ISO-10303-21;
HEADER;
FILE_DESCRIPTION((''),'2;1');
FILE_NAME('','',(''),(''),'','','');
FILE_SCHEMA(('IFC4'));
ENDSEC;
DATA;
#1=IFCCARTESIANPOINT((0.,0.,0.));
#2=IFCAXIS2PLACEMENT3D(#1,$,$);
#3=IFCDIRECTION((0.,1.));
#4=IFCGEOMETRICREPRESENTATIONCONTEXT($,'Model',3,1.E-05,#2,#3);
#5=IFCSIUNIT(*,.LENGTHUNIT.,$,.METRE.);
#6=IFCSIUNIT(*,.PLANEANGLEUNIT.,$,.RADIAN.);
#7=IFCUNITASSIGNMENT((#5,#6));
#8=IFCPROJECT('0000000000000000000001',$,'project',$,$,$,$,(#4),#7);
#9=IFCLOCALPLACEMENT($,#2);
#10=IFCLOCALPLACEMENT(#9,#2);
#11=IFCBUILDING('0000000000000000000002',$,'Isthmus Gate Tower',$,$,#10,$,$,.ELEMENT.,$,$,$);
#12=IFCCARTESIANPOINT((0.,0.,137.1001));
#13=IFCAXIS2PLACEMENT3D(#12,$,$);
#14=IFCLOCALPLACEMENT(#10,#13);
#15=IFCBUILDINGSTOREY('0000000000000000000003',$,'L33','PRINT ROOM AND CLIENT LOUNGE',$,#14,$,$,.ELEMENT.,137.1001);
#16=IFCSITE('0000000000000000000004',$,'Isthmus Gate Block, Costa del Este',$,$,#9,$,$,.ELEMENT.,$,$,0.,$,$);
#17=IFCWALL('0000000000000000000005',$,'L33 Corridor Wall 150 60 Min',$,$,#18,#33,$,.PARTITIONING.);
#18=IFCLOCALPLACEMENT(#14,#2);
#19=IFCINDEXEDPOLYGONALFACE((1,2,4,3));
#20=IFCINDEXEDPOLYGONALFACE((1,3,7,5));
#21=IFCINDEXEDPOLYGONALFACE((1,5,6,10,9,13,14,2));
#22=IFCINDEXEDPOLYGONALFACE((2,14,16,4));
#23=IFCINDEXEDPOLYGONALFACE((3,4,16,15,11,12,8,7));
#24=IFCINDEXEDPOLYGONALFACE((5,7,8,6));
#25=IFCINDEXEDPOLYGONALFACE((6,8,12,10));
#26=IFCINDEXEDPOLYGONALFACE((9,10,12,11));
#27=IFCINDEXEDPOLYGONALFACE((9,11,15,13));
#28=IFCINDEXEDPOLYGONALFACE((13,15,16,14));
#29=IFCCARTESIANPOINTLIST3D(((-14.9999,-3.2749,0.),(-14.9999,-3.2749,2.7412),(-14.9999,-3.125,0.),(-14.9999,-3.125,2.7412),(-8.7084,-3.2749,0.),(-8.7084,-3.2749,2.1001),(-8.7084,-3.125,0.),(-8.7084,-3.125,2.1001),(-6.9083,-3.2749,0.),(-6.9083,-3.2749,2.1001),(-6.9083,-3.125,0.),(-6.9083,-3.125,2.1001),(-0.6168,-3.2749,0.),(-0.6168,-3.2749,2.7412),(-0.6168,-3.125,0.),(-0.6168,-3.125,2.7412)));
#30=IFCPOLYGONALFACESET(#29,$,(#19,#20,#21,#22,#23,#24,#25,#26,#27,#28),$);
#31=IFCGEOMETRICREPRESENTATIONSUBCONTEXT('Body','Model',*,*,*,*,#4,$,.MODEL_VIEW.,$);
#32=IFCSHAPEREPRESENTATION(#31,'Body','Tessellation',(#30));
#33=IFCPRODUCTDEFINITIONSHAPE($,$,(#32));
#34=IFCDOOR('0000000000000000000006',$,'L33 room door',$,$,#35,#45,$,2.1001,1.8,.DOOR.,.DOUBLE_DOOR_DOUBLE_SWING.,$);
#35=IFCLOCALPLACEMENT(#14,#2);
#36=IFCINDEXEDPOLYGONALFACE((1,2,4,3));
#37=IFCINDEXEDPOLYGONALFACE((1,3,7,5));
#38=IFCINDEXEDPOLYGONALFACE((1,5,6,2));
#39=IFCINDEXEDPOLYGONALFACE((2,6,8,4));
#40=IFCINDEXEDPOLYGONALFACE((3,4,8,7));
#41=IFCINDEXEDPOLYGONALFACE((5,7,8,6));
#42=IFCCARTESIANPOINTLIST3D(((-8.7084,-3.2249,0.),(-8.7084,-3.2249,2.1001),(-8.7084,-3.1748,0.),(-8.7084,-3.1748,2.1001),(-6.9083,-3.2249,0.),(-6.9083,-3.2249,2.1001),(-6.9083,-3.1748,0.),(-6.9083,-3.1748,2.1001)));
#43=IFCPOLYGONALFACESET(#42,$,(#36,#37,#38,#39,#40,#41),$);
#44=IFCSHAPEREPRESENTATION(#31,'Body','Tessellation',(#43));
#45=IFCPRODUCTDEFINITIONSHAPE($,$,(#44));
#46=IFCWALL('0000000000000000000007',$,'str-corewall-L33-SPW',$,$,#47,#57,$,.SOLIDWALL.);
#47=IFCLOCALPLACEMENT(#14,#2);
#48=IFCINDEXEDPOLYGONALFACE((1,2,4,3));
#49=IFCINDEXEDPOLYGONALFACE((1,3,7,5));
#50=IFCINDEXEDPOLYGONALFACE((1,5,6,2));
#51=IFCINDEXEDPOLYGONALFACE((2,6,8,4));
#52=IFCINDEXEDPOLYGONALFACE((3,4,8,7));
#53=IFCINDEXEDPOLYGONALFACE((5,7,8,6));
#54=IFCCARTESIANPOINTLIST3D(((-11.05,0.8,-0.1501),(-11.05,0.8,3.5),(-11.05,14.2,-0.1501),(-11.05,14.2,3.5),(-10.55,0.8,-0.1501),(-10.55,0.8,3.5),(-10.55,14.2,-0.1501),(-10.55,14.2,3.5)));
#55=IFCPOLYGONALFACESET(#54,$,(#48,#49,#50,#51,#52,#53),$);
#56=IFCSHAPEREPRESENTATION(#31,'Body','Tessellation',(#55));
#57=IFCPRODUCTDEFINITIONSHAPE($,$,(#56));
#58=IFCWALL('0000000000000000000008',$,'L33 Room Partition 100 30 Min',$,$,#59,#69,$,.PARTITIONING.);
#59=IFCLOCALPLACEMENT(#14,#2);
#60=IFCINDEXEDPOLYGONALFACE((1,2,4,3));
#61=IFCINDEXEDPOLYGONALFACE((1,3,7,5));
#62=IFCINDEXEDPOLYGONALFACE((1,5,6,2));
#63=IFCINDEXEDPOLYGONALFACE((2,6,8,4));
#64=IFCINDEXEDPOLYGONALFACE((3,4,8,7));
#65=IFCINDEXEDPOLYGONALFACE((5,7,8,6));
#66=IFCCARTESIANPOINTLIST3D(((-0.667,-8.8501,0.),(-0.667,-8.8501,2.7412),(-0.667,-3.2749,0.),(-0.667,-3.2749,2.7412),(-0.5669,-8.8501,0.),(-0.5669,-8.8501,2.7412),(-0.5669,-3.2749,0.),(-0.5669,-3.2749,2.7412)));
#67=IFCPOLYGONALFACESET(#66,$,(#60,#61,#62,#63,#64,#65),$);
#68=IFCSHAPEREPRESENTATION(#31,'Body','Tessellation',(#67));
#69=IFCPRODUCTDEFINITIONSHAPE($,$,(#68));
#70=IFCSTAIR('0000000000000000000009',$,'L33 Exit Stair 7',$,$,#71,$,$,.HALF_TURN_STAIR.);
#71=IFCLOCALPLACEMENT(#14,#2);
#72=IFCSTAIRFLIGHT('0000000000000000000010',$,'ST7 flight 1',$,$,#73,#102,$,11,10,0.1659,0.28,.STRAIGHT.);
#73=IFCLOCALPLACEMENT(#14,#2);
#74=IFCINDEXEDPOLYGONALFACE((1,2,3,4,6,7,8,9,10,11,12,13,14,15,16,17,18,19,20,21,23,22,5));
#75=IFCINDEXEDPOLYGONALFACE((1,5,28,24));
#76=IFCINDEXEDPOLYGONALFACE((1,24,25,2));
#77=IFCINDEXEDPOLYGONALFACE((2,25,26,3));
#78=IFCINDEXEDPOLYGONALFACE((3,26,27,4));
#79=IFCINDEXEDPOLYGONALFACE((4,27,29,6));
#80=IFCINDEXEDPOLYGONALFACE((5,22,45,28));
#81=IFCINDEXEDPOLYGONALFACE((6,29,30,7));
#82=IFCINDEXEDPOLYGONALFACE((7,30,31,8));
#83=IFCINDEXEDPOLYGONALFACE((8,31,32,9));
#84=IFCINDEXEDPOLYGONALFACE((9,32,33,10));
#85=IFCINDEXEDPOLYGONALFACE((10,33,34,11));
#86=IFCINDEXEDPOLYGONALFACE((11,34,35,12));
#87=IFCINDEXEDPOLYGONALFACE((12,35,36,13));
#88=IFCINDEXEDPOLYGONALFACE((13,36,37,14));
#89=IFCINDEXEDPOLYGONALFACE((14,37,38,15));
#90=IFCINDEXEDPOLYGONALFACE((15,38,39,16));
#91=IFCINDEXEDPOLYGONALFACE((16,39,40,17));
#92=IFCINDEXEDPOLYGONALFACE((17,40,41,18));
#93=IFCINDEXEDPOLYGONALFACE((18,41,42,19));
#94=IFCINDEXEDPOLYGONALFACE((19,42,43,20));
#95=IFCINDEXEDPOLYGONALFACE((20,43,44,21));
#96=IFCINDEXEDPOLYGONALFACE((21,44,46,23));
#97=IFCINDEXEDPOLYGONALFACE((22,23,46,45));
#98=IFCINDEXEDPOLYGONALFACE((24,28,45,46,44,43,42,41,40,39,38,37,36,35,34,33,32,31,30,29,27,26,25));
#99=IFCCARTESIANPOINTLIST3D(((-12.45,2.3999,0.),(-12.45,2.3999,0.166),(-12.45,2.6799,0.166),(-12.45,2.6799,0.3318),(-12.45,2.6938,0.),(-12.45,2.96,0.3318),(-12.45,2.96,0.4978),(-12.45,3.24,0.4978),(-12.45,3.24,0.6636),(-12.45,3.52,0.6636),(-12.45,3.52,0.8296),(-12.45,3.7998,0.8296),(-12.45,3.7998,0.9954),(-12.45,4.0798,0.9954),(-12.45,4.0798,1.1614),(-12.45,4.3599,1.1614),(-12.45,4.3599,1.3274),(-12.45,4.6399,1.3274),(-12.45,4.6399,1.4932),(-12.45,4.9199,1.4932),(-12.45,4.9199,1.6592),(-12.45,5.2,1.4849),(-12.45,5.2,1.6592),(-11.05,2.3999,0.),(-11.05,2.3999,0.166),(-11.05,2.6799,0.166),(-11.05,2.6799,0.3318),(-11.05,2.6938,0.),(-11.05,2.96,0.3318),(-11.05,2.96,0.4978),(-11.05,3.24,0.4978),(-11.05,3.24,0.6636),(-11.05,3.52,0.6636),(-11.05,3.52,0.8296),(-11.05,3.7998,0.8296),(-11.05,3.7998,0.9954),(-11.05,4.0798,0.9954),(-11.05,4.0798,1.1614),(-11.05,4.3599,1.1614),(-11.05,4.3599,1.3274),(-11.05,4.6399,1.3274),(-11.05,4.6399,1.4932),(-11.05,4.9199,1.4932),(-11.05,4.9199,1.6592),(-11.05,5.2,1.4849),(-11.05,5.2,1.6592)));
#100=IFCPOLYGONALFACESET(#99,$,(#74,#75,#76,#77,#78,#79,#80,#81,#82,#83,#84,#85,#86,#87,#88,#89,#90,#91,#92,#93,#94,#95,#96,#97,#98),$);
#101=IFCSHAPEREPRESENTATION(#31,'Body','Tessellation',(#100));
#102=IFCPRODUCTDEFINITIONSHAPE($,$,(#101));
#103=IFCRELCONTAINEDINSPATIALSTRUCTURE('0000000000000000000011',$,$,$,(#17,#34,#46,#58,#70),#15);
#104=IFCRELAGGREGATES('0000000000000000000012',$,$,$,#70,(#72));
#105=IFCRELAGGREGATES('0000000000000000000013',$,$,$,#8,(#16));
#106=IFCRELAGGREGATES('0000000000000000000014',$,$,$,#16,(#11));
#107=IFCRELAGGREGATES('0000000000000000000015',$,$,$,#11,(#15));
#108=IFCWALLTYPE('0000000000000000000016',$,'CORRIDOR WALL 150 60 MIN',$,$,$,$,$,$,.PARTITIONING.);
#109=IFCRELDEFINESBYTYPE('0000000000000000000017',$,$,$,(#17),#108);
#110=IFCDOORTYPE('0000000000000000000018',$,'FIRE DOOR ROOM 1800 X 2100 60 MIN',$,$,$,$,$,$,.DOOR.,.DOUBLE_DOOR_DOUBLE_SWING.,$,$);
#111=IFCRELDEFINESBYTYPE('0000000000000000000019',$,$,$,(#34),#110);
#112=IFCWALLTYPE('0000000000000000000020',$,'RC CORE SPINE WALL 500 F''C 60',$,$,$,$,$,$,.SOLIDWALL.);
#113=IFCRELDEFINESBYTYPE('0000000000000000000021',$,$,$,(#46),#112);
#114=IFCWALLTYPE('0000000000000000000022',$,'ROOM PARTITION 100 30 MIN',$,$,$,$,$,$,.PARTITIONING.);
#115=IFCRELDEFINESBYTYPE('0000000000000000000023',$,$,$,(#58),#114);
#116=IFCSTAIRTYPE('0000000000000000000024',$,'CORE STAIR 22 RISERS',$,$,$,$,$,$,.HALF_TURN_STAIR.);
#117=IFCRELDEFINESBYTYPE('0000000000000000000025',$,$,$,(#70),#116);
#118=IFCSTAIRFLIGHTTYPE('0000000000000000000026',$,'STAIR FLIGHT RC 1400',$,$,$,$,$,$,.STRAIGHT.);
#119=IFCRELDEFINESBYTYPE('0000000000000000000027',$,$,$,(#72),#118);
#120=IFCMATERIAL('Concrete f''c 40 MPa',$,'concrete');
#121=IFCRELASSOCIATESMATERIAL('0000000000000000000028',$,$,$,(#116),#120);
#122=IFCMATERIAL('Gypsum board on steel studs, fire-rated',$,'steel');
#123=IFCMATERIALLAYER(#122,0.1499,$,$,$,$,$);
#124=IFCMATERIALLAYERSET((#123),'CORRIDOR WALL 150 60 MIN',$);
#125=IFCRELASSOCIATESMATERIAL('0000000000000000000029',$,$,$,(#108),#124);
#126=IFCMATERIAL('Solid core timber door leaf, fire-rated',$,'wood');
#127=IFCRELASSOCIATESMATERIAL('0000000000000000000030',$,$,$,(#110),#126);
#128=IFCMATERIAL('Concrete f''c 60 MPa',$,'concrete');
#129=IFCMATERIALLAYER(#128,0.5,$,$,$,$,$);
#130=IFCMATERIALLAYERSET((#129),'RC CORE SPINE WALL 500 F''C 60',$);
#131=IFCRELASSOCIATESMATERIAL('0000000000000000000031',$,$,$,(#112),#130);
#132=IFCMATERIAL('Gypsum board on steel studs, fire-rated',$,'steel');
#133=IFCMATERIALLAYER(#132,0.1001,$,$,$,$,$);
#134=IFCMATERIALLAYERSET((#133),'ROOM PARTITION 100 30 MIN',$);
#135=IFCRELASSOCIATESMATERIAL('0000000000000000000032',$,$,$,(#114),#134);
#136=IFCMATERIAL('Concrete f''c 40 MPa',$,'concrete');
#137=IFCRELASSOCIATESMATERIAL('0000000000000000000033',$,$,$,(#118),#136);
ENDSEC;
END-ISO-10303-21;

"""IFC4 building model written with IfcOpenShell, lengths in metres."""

from ifc_helpers import new_model, si_unit, direction, frame, frame_2d, origin, place, context, subcontext, project, spatial, polyline, rectangle, outline, extrude, material, layer, layer_set, type_object, element, fill, aggregate, save


model = new_model("IFC4")

# Units and contexts
model_context = context("Model", 3, precision=1e-05, world=origin(), true_north=direction((0.0, 1.0)))
body_context = subcontext(model_context, "Body", "Model", "MODEL_VIEW")
ifc_project = project(units=[si_unit("LENGTHUNIT", "METRE"), si_unit("PLANEANGLEUNIT", "RADIAN")], contexts=[model_context])

# Site, building, storey
site_placement = place(None, origin())
site = spatial("IfcSite", under=ifc_project, at=site_placement, Name="Isthmus Gate Block, Costa del Este", CompositionType="ELEMENT", RefElevation=0.0)
building_placement = place(site_placement, origin())
building = spatial("IfcBuilding", under=site, at=building_placement, Name="Isthmus Gate Tower", CompositionType="ELEMENT")
storey_placement = place(building_placement, frame((0.0, 0.0, 137.1001)))
storey = spatial("IfcBuildingStorey", under=building, at=storey_placement, Name="L33", Description="PRINT ROOM AND CLIENT LOUNGE", CompositionType="ELEMENT", Elevation=137.1001)

# Shared definitions
ifc_material_1 = material(Name="Concrete f'c 40 MPa", Category="concrete")
stair_type = type_object("IfcStairType", Name="CORE STAIR 22 RISERS", PredefinedType="HALF_TURN_STAIR", material=ifc_material_1)

# Wall, opening, door
ifc_material_2 = material(Name="Gypsum board on steel studs, fire-rated", Category="steel")
ifc_layer_1 = layer(ifc_material_2, 0.1499)
ifc_layer_set_1 = layer_set([ifc_layer_1], Name="CORRIDOR WALL 150 60 MIN")
wall_type_1 = type_object("IfcWallType", Name="CORRIDOR WALL 150 60 MIN", PredefinedType="PARTITIONING", material=ifc_layer_set_1)
wall_1_placement = place(storey_placement, frame((-0.6169, -3.2, 0.0), z_axis=(0.0, 0.0, 1.0), x_axis=(-1.0, 0.0, 0.0)))
wall_1 = element("IfcWall", 1, at=wall_1_placement, inside=storey, type_object=wall_type_1, Name="L33 Corridor Wall 150 60 Min", PredefinedType="PARTITIONING", context=body_context, shape_type="SweptSolid", body=[
    extrude(rectangle(XDim=14.3831, YDim=0.1499, at=frame_2d((7.1914, 0.0))), origin(), (0.0, 0.0, 1.0), 2.7412),
])
opening_placement = place(wall_1_placement, frame((6.2915, 0.0, 0.0)))
opening = element("IfcOpeningElement", 2, at=opening_placement, cuts=wall_1, PredefinedType="OPENING", context=body_context, shape_type="SweptSolid", body=[
    extrude(rectangle(XDim=1.8, YDim=2.1001, at=frame_2d((0.8999, 1.05))), frame((0.0, 0.085, 0.0), z_axis=(0.0, -1.0, 0.0), x_axis=(1.0, 0.0, 0.0)), (0.0, 0.0, 1.0), 0.1699),
])
ifc_material_3 = material(Name="Solid core timber door leaf, fire-rated", Category="wood")
door_type = type_object("IfcDoorType", Name="FIRE DOOR ROOM 1800 X 2100 60 MIN", OperationType="DOUBLE_DOOR_DOUBLE_SWING", PredefinedType="DOOR", material=ifc_material_3)
door_placement = place(opening_placement, origin())
door = element("IfcDoor", 3, at=door_placement, inside=storey, type_object=door_type, Name="L33 room door", OperationType="DOUBLE_DOOR_DOUBLE_SWING", OverallHeight=2.1001, OverallWidth=1.8, PredefinedType="DOOR", context=body_context, shape_type="SweptSolid", body=[
    extrude(rectangle(XDim=1.8, YDim=2.1001, at=frame_2d((0.8999, 1.05))), frame((0.0, 0.0249, 0.0), z_axis=(0.0, -1.0, 0.0), x_axis=(1.0, 0.0, 0.0)), (0.0, 0.0, 1.0), 0.05),
])
fill(opening, door)

# Walls
ifc_material_4 = material(Name="Concrete f'c 60 MPa", Category="concrete")
ifc_layer_2 = layer(ifc_material_4, 0.5)
ifc_layer_set_2 = layer_set([ifc_layer_2], Name="RC CORE SPINE WALL 500 F'C 60")
wall_type_2 = type_object("IfcWallType", Name="RC CORE SPINE WALL 500 F'C 60", PredefinedType="SOLIDWALL", material=ifc_layer_set_2)
wall_2_placement = place(storey_placement, frame((-10.8, 0.8, -0.1501), z_axis=(0.0, 0.0, 1.0), x_axis=(0.0, 1.0, 0.0)))
element("IfcWall", 4, at=wall_2_placement, inside=storey, type_object=wall_type_2, Name="str-corewall-L33-SPW", PredefinedType="SOLIDWALL", context=body_context, shape_type="SweptSolid", body=[
    extrude(rectangle(XDim=13.3999, YDim=0.5, at=frame_2d((6.7, 0.0))), origin(), (0.0, 0.0, 1.0), 3.6501),
])
ifc_material_5 = material(Name="Gypsum board on steel studs, fire-rated", Category="steel")
ifc_layer_3 = layer(ifc_material_5, 0.1001)
ifc_layer_set_3 = layer_set([ifc_layer_3], Name="ROOM PARTITION 100 30 MIN")
wall_type_3 = type_object("IfcWallType", Name="ROOM PARTITION 100 30 MIN", PredefinedType="PARTITIONING", material=ifc_layer_set_3)
wall_3_placement = place(storey_placement, frame((-0.6169, -8.8501, 0.0), z_axis=(0.0, 0.0, 1.0), x_axis=(0.0, 1.0, 0.0)))
element("IfcWall", 5, at=wall_3_placement, inside=storey, type_object=wall_type_3, Name="L33 Room Partition 100 30 Min", PredefinedType="PARTITIONING", context=body_context, shape_type="SweptSolid", body=[
    extrude(rectangle(XDim=5.5752, YDim=0.1001, at=frame_2d((2.7876, 0.0))), origin(), (0.0, 0.0, 1.0), 2.7412),
])

# Stair, stair flight
stair_1_placement = place(storey_placement, origin())
stair_1 = element("IfcStair", 6, at=stair_1_placement, inside=storey, type_object=stair_type, Name="L33 Exit Stair 7", PredefinedType="HALF_TURN_STAIR")
ifc_material_6 = material(Name="Concrete f'c 40 MPa", Category="concrete")
stair_flight_type = type_object("IfcStairFlightType", Name="STAIR FLIGHT RC 1400", PredefinedType="STRAIGHT", material=ifc_material_6)
stair_flight_placement = place(storey_placement, frame((-11.75, 2.3999, 0.0), z_axis=(0.0, 0.0, 1.0), x_axis=(0.0, 1.0, 0.0)))
stair_flight = element("IfcStairFlight", 7, at=stair_flight_placement, type_object=stair_flight_type, Name="ST7 flight 1", NumberOfRisers=11, NumberOfTreads=10, PredefinedType="STRAIGHT", RiserHeight=0.1659, TreadLength=0.28, context=body_context, shape_type="SweptSolid", body=[
    extrude(outline(polyline([(0.0, 0.0), (0.0, 0.166), (0.28, 0.166), (0.28, 0.3318), (0.5601, 0.3318), (0.5601, 0.4978), (0.8401, 0.4978), (0.8401, 0.6636), (1.1201, 0.6636), (1.1201, 0.8296), (1.3999, 0.8296), (1.3999, 0.9954), (1.6799, 0.9954), (1.6799, 1.1614), (1.96, 1.1614), (1.96, 1.3274), (2.24, 1.3274), (2.24, 1.4932), (2.52, 1.4932), (2.52, 1.6592), (2.8, 1.6592), (2.8, 1.825), (2.8, 1.4849), (0.2939, 0.0), (0.0, 0.0)])), frame((0.0, 0.7, 0.0), z_axis=(0.0, -1.0, 0.0), x_axis=(1.0, 0.0, 0.0)), (0.0, 0.0, 1.0), 1.3999),
])
aggregate(stair_1, [stair_flight])

save(model, "model.ifc")
